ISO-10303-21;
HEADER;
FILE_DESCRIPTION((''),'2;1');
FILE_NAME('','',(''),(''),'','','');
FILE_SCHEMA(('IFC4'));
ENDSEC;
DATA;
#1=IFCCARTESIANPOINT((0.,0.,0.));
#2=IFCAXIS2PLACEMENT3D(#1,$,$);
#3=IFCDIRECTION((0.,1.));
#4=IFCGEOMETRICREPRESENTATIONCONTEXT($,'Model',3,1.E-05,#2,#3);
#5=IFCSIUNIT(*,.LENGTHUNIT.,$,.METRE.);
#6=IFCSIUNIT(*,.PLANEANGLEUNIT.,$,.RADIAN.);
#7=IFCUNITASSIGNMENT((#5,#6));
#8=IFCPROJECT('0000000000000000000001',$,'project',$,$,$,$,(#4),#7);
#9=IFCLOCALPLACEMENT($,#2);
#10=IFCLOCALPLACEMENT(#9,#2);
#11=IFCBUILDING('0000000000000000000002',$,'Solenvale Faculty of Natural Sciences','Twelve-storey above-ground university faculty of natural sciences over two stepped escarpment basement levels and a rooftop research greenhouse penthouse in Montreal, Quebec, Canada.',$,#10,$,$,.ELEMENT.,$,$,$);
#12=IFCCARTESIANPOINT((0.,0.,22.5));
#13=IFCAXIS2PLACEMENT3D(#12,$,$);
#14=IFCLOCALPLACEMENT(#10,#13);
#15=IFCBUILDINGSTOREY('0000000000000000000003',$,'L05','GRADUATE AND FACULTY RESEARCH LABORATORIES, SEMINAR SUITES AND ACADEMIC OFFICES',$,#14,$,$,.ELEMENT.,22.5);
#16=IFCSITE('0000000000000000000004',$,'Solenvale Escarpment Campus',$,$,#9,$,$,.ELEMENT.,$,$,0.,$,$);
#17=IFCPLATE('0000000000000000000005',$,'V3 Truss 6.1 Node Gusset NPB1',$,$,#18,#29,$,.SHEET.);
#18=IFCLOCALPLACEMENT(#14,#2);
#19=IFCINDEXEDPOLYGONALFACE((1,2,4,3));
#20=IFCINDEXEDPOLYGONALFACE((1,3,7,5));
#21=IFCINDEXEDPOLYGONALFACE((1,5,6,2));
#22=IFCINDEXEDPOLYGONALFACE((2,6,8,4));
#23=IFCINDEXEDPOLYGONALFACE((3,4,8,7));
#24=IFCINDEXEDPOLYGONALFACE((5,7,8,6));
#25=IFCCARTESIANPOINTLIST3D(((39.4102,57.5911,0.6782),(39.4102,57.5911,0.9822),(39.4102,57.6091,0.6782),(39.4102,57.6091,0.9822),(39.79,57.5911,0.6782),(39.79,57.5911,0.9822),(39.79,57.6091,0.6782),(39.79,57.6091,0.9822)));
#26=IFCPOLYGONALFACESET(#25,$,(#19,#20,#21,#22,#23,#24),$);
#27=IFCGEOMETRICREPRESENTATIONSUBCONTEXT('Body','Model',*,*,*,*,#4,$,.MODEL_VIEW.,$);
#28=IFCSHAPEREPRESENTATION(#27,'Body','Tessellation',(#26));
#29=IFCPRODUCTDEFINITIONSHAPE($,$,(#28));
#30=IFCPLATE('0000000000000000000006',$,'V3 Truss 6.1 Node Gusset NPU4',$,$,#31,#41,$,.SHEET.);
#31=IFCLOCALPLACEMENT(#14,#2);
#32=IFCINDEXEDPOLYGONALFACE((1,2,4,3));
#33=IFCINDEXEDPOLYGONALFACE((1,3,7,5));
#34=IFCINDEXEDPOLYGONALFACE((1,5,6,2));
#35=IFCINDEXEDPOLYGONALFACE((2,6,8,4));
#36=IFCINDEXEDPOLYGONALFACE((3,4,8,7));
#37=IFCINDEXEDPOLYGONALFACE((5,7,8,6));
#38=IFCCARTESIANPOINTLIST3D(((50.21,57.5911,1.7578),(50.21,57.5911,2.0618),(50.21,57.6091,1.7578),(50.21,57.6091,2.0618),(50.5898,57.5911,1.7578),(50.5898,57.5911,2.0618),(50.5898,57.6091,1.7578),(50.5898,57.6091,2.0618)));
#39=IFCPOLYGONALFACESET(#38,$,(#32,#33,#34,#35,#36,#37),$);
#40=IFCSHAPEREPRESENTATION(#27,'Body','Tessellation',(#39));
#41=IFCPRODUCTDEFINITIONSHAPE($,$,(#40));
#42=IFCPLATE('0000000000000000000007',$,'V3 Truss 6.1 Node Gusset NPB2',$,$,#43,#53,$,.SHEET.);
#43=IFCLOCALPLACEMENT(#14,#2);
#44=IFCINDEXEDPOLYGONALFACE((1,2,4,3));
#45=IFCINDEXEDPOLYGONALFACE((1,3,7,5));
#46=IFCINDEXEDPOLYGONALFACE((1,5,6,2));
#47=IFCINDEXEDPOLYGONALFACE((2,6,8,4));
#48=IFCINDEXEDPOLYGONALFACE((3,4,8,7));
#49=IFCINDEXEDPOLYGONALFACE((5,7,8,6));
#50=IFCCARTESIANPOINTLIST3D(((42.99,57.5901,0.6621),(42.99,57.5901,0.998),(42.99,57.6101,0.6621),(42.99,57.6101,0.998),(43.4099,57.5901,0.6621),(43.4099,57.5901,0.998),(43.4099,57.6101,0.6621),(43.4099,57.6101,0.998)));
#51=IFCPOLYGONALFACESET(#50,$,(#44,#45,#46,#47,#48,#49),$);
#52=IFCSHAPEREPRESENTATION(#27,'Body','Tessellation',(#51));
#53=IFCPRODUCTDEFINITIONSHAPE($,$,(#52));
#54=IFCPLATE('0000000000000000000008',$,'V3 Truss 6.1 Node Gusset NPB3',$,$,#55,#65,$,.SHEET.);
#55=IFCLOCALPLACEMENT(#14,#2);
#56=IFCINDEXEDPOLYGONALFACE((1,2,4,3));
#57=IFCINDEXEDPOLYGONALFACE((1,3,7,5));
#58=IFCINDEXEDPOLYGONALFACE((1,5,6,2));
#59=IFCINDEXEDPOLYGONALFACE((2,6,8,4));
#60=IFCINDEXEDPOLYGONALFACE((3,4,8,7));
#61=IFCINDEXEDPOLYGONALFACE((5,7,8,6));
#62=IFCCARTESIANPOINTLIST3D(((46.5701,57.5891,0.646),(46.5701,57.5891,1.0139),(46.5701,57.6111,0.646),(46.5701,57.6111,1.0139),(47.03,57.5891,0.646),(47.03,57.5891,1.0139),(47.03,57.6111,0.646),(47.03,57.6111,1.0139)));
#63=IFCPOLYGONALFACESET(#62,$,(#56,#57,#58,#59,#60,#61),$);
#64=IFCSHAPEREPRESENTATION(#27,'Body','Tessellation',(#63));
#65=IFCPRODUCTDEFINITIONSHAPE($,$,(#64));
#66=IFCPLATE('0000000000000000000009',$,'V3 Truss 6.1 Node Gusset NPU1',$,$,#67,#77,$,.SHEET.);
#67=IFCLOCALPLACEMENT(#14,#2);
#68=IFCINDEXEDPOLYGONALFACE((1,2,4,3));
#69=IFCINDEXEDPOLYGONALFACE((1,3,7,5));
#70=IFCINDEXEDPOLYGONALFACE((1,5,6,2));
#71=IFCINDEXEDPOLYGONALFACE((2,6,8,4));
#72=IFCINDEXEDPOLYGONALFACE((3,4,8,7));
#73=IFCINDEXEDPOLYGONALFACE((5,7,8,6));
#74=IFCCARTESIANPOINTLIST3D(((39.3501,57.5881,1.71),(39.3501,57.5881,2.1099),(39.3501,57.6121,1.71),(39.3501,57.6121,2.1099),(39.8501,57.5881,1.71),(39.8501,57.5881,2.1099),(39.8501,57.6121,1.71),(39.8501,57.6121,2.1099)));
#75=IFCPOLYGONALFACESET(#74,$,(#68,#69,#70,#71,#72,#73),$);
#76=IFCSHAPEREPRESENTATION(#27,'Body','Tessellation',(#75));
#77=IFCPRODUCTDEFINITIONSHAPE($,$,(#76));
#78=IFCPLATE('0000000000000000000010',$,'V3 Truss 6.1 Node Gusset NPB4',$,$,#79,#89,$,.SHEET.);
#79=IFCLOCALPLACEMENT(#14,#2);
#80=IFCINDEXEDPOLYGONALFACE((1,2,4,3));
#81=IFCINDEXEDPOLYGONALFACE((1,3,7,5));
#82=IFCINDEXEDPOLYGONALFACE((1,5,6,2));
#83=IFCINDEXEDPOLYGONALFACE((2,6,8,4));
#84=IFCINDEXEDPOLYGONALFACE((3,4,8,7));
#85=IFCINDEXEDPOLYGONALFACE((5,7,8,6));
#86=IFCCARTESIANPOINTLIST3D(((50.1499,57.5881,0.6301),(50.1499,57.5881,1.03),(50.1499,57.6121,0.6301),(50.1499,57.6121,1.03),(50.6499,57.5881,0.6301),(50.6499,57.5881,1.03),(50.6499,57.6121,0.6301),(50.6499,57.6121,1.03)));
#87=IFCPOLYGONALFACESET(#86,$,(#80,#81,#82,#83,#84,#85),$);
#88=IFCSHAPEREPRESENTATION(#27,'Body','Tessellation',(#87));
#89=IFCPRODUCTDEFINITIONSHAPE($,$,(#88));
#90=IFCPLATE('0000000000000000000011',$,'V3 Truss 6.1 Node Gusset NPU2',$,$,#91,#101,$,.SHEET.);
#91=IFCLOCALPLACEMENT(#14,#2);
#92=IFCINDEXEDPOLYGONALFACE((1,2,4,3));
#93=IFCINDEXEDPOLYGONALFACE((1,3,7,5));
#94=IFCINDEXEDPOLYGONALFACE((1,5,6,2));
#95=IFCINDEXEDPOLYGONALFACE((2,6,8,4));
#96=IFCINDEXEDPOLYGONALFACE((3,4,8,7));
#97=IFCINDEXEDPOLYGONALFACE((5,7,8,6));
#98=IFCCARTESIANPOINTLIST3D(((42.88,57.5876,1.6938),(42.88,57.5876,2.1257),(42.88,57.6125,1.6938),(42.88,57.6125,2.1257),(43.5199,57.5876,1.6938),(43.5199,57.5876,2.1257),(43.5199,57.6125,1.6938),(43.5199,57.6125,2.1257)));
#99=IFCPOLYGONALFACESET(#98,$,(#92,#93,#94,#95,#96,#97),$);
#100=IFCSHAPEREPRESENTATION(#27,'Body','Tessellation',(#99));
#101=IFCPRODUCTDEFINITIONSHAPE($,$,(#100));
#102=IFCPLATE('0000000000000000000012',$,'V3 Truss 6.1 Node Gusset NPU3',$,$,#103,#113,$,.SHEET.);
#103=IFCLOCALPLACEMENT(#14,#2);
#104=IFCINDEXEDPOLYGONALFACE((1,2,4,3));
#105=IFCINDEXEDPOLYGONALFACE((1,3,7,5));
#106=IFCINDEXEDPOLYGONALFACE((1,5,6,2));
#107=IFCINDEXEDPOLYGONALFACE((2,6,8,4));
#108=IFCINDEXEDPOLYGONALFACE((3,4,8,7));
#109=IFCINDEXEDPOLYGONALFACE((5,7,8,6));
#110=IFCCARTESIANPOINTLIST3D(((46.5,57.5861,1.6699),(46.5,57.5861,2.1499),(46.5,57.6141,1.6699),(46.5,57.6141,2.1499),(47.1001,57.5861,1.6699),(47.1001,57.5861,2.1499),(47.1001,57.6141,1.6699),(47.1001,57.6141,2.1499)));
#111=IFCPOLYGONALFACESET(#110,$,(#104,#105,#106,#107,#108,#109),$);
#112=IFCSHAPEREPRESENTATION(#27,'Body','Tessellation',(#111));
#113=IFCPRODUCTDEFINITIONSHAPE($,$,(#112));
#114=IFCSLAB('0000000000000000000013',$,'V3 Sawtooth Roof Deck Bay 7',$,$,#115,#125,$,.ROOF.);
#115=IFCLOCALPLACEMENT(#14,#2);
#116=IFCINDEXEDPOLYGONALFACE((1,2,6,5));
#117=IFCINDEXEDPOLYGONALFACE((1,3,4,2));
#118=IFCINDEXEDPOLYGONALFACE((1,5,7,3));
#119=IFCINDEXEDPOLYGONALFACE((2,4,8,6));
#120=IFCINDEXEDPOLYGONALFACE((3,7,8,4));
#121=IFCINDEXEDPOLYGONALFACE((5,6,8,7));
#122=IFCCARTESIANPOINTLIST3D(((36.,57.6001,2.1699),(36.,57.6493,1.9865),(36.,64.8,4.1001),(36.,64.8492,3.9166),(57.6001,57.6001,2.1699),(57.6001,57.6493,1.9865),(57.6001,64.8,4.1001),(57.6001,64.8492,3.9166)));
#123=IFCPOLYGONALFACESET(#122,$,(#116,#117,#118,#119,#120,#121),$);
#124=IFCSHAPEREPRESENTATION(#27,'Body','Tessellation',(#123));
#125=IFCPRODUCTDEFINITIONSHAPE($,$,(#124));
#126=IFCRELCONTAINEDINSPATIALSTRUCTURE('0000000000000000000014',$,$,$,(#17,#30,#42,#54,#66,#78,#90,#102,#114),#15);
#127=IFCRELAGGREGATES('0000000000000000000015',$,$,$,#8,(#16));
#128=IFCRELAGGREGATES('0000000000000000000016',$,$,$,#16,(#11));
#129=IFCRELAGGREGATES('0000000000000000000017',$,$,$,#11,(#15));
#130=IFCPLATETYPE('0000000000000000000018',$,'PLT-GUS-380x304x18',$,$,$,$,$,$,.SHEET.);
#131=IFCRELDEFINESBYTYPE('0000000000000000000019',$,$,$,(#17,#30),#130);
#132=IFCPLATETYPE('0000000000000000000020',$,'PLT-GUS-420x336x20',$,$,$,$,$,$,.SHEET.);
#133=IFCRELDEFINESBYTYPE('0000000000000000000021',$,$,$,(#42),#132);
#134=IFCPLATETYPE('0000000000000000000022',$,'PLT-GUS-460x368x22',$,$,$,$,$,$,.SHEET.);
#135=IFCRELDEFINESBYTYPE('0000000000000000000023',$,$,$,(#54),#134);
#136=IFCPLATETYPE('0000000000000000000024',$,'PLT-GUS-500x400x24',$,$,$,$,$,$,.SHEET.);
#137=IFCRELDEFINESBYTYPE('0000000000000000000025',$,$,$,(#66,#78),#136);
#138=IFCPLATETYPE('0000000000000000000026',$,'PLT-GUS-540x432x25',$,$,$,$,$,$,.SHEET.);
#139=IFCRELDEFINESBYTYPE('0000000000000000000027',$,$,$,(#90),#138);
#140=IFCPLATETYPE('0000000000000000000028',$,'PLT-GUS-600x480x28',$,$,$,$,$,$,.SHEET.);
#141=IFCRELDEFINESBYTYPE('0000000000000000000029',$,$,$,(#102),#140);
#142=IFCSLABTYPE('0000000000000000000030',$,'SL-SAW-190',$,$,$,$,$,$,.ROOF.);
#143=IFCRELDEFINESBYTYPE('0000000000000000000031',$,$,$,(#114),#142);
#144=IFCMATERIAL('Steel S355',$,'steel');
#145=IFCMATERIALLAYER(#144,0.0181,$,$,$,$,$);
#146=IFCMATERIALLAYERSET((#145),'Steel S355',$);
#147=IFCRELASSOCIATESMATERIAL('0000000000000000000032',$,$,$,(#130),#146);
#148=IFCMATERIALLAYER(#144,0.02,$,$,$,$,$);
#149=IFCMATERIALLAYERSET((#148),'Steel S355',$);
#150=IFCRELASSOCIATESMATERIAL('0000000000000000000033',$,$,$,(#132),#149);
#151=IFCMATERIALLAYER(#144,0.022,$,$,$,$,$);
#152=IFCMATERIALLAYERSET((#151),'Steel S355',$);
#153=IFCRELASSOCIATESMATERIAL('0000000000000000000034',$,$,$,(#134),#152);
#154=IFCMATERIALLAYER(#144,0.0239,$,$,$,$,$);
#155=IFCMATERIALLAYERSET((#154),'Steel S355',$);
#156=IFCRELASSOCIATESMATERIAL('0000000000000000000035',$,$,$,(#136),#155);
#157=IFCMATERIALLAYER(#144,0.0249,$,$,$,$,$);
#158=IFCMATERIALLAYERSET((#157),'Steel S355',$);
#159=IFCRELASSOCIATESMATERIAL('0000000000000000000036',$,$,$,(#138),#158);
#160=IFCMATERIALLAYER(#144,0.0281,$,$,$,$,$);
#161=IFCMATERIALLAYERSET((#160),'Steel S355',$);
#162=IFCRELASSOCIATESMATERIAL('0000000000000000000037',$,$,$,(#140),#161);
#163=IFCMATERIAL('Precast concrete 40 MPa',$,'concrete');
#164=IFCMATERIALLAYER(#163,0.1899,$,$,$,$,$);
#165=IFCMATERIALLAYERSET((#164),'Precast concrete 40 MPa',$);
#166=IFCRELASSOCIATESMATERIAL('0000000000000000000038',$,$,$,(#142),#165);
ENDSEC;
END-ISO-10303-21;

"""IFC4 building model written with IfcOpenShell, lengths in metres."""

from ifc_helpers import new_model, si_unit, direction, frame, origin, origin_2d, place, context, subcontext, project, spatial, polyline, rectangle, outline, extrude, material, layer, layer_set, type_object, element, save


model = new_model("IFC4")

# Units and contexts
model_context = context("Model", 3, precision=1e-05, world=origin(), true_north=direction((0.0, 1.0)))
body_context = subcontext(model_context, "Body", "Model", "MODEL_VIEW")
ifc_project = project(units=[si_unit("LENGTHUNIT", "METRE"), si_unit("PLANEANGLEUNIT", "RADIAN")], contexts=[model_context])

# Site, building, storey
site_placement = place(None, origin())
site = spatial("IfcSite", under=ifc_project, at=site_placement, Name="Solenvale Escarpment Campus", CompositionType="ELEMENT", RefElevation=0.0)
building_placement = place(site_placement, origin())
building = spatial("IfcBuilding", under=site, at=building_placement, Name="Solenvale Faculty of Natural Sciences", Description="Twelve-storey above-ground university faculty of natural sciences over two stepped escarpment basement levels and a rooftop research greenhouse penthouse in Montreal, Quebec, Canada.", CompositionType="ELEMENT")
storey_placement = place(building_placement, frame((0.0, 0.0, 22.5)))
storey = spatial("IfcBuildingStorey", under=building, at=storey_placement, Name="L05", Description="GRADUATE AND FACULTY RESEARCH LABORATORIES, SEMINAR SUITES AND ACADEMIC OFFICES", CompositionType="ELEMENT", Elevation=22.5)

# Shared definitions
ifc_material_1 = material(Name="Steel S355", Category="steel")

# Plates
ifc_layer_1 = layer(ifc_material_1, 0.0181)
ifc_layer_set_1 = layer_set([ifc_layer_1], Name="Steel S355")
plate_type_1 = type_object("IfcPlateType", Name="PLT-GUS-380x304x18", PredefinedType="SHEET", material=ifc_layer_set_1)
for number, where, z_axis, x_axis, name in (
    (1, (39.6001, 57.6001, 0.6782), (0.0, 0.0, 1.0), (1.0, 0.0, 0.0), "V3 Truss 6.1 Node Gusset NPB1"),
    (2, (50.3999, 57.6001, 1.7578), (0.0, 0.0, 1.0), (1.0, 0.0, 0.0), "V3 Truss 6.1 Node Gusset NPU4"),
):
    element("IfcPlate", number, at=place(storey_placement, frame(where, z_axis=z_axis, x_axis=x_axis)), inside=storey, type_object=plate_type_1, Name=name, PredefinedType="SHEET", context=body_context, shape_type="SweptSolid", body=[
        extrude(rectangle(XDim=0.3799, YDim=0.0181, at=origin_2d()), origin(), (0.0, 0.0, 1.0), 0.304),
    ])
ifc_layer_2 = layer(ifc_material_1, 0.02)
ifc_layer_set_2 = layer_set([ifc_layer_2], Name="Steel S355")
plate_type_2 = type_object("IfcPlateType", Name="PLT-GUS-420x336x20", PredefinedType="SHEET", material=ifc_layer_set_2)
plate_1_placement = place(storey_placement, frame((43.2, 57.6001, 0.6621), z_axis=(0.0, 0.0, 1.0), x_axis=(1.0, 0.0, 0.0)))
element("IfcPlate", 3, at=plate_1_placement, inside=storey, type_object=plate_type_2, Name="V3 Truss 6.1 Node Gusset NPB2", PredefinedType="SHEET", context=body_context, shape_type="SweptSolid", body=[
    extrude(rectangle(XDim=0.4199, YDim=0.02, at=origin_2d()), origin(), (0.0, 0.0, 1.0), 0.3359),
])
ifc_layer_3 = layer(ifc_material_1, 0.022)
ifc_layer_set_3 = layer_set([ifc_layer_3], Name="Steel S355")
plate_type_3 = type_object("IfcPlateType", Name="PLT-GUS-460x368x22", PredefinedType="SHEET", material=ifc_layer_set_3)
plate_2_placement = place(storey_placement, frame((46.8, 57.6001, 0.646), z_axis=(0.0, 0.0, 1.0), x_axis=(1.0, 0.0, 0.0)))
element("IfcPlate", 4, at=plate_2_placement, inside=storey, type_object=plate_type_3, Name="V3 Truss 6.1 Node Gusset NPB3", PredefinedType="SHEET", context=body_context, shape_type="SweptSolid", body=[
    extrude(rectangle(XDim=0.46, YDim=0.022, at=origin_2d()), origin(), (0.0, 0.0, 1.0), 0.3679),
])
ifc_layer_4 = layer(ifc_material_1, 0.0239)
ifc_layer_set_4 = layer_set([ifc_layer_4], Name="Steel S355")
plate_type_4 = type_object("IfcPlateType", Name="PLT-GUS-500x400x24", PredefinedType="SHEET", material=ifc_layer_set_4)
for number, where, z_axis, x_axis, name in (
    (5, (39.6001, 57.6001, 1.71), (0.0, 0.0, 1.0), (1.0, 0.0, 0.0), "V3 Truss 6.1 Node Gusset NPU1"),
    (6, (50.3999, 57.6001, 0.6301), (0.0, 0.0, 1.0), (1.0, 0.0, 0.0), "V3 Truss 6.1 Node Gusset NPB4"),
):
    element("IfcPlate", number, at=place(storey_placement, frame(where, z_axis=z_axis, x_axis=x_axis)), inside=storey, type_object=plate_type_4, Name=name, PredefinedType="SHEET", context=body_context, shape_type="SweptSolid", body=[
        extrude(rectangle(XDim=0.5, YDim=0.0239, at=origin_2d()), origin(), (0.0, 0.0, 1.0), 0.3999),
    ])
ifc_layer_5 = layer(ifc_material_1, 0.0249)
ifc_layer_set_5 = layer_set([ifc_layer_5], Name="Steel S355")
plate_type_5 = type_object("IfcPlateType", Name="PLT-GUS-540x432x25", PredefinedType="SHEET", material=ifc_layer_set_5)
plate_3_placement = place(storey_placement, frame((43.2, 57.6001, 1.6938), z_axis=(0.0, 0.0, 1.0), x_axis=(1.0, 0.0, 0.0)))
element("IfcPlate", 7, at=plate_3_placement, inside=storey, type_object=plate_type_5, Name="V3 Truss 6.1 Node Gusset NPU2", PredefinedType="SHEET", context=body_context, shape_type="SweptSolid", body=[
    extrude(rectangle(XDim=0.6399, YDim=0.0249, at=origin_2d()), origin(), (0.0, 0.0, 1.0), 0.4319),
])
ifc_layer_6 = layer(ifc_material_1, 0.0281)
ifc_layer_set_6 = layer_set([ifc_layer_6], Name="Steel S355")
plate_type_6 = type_object("IfcPlateType", Name="PLT-GUS-600x480x28", PredefinedType="SHEET", material=ifc_layer_set_6)
plate_4_placement = place(storey_placement, frame((46.8, 57.6001, 1.6699), z_axis=(0.0, 0.0, 1.0), x_axis=(1.0, 0.0, 0.0)))
element("IfcPlate", 8, at=plate_4_placement, inside=storey, type_object=plate_type_6, Name="V3 Truss 6.1 Node Gusset NPU3", PredefinedType="SHEET", context=body_context, shape_type="SweptSolid", body=[
    extrude(rectangle(XDim=0.6001, YDim=0.0281, at=origin_2d()), origin(), (0.0, 0.0, 1.0), 0.48),
])

# Slab
ifc_material_2 = material(Name="Precast concrete 40 MPa", Category="concrete")
ifc_layer_7 = layer(ifc_material_2, 0.1899)
ifc_layer_set_7 = layer_set([ifc_layer_7], Name="Precast concrete 40 MPa")
slab_type = type_object("IfcSlabType", Name="SL-SAW-190", PredefinedType="ROOF", material=ifc_layer_set_7)
slab_placement = place(storey_placement, frame((36.0, 57.6001, 2.1699), z_axis=(0.0, -0.258939, 0.965894), x_axis=(1.0, 0.0, 0.0)))
element("IfcSlab", 9, at=slab_placement, inside=storey, type_object=slab_type, Name="V3 Sawtooth Roof Deck Bay 7", PredefinedType="ROOF", context=body_context, shape_type="SweptSolid", body=[
    extrude(outline(polyline([(0.0, 0.0), (21.6001, 0.0), (21.6001, 7.4542), (0.0, 7.4542), (0.0, 0.0)])), origin(), (0.0, 0.0, -1.0), 0.1899),
])

save(model, "model.ifc")
